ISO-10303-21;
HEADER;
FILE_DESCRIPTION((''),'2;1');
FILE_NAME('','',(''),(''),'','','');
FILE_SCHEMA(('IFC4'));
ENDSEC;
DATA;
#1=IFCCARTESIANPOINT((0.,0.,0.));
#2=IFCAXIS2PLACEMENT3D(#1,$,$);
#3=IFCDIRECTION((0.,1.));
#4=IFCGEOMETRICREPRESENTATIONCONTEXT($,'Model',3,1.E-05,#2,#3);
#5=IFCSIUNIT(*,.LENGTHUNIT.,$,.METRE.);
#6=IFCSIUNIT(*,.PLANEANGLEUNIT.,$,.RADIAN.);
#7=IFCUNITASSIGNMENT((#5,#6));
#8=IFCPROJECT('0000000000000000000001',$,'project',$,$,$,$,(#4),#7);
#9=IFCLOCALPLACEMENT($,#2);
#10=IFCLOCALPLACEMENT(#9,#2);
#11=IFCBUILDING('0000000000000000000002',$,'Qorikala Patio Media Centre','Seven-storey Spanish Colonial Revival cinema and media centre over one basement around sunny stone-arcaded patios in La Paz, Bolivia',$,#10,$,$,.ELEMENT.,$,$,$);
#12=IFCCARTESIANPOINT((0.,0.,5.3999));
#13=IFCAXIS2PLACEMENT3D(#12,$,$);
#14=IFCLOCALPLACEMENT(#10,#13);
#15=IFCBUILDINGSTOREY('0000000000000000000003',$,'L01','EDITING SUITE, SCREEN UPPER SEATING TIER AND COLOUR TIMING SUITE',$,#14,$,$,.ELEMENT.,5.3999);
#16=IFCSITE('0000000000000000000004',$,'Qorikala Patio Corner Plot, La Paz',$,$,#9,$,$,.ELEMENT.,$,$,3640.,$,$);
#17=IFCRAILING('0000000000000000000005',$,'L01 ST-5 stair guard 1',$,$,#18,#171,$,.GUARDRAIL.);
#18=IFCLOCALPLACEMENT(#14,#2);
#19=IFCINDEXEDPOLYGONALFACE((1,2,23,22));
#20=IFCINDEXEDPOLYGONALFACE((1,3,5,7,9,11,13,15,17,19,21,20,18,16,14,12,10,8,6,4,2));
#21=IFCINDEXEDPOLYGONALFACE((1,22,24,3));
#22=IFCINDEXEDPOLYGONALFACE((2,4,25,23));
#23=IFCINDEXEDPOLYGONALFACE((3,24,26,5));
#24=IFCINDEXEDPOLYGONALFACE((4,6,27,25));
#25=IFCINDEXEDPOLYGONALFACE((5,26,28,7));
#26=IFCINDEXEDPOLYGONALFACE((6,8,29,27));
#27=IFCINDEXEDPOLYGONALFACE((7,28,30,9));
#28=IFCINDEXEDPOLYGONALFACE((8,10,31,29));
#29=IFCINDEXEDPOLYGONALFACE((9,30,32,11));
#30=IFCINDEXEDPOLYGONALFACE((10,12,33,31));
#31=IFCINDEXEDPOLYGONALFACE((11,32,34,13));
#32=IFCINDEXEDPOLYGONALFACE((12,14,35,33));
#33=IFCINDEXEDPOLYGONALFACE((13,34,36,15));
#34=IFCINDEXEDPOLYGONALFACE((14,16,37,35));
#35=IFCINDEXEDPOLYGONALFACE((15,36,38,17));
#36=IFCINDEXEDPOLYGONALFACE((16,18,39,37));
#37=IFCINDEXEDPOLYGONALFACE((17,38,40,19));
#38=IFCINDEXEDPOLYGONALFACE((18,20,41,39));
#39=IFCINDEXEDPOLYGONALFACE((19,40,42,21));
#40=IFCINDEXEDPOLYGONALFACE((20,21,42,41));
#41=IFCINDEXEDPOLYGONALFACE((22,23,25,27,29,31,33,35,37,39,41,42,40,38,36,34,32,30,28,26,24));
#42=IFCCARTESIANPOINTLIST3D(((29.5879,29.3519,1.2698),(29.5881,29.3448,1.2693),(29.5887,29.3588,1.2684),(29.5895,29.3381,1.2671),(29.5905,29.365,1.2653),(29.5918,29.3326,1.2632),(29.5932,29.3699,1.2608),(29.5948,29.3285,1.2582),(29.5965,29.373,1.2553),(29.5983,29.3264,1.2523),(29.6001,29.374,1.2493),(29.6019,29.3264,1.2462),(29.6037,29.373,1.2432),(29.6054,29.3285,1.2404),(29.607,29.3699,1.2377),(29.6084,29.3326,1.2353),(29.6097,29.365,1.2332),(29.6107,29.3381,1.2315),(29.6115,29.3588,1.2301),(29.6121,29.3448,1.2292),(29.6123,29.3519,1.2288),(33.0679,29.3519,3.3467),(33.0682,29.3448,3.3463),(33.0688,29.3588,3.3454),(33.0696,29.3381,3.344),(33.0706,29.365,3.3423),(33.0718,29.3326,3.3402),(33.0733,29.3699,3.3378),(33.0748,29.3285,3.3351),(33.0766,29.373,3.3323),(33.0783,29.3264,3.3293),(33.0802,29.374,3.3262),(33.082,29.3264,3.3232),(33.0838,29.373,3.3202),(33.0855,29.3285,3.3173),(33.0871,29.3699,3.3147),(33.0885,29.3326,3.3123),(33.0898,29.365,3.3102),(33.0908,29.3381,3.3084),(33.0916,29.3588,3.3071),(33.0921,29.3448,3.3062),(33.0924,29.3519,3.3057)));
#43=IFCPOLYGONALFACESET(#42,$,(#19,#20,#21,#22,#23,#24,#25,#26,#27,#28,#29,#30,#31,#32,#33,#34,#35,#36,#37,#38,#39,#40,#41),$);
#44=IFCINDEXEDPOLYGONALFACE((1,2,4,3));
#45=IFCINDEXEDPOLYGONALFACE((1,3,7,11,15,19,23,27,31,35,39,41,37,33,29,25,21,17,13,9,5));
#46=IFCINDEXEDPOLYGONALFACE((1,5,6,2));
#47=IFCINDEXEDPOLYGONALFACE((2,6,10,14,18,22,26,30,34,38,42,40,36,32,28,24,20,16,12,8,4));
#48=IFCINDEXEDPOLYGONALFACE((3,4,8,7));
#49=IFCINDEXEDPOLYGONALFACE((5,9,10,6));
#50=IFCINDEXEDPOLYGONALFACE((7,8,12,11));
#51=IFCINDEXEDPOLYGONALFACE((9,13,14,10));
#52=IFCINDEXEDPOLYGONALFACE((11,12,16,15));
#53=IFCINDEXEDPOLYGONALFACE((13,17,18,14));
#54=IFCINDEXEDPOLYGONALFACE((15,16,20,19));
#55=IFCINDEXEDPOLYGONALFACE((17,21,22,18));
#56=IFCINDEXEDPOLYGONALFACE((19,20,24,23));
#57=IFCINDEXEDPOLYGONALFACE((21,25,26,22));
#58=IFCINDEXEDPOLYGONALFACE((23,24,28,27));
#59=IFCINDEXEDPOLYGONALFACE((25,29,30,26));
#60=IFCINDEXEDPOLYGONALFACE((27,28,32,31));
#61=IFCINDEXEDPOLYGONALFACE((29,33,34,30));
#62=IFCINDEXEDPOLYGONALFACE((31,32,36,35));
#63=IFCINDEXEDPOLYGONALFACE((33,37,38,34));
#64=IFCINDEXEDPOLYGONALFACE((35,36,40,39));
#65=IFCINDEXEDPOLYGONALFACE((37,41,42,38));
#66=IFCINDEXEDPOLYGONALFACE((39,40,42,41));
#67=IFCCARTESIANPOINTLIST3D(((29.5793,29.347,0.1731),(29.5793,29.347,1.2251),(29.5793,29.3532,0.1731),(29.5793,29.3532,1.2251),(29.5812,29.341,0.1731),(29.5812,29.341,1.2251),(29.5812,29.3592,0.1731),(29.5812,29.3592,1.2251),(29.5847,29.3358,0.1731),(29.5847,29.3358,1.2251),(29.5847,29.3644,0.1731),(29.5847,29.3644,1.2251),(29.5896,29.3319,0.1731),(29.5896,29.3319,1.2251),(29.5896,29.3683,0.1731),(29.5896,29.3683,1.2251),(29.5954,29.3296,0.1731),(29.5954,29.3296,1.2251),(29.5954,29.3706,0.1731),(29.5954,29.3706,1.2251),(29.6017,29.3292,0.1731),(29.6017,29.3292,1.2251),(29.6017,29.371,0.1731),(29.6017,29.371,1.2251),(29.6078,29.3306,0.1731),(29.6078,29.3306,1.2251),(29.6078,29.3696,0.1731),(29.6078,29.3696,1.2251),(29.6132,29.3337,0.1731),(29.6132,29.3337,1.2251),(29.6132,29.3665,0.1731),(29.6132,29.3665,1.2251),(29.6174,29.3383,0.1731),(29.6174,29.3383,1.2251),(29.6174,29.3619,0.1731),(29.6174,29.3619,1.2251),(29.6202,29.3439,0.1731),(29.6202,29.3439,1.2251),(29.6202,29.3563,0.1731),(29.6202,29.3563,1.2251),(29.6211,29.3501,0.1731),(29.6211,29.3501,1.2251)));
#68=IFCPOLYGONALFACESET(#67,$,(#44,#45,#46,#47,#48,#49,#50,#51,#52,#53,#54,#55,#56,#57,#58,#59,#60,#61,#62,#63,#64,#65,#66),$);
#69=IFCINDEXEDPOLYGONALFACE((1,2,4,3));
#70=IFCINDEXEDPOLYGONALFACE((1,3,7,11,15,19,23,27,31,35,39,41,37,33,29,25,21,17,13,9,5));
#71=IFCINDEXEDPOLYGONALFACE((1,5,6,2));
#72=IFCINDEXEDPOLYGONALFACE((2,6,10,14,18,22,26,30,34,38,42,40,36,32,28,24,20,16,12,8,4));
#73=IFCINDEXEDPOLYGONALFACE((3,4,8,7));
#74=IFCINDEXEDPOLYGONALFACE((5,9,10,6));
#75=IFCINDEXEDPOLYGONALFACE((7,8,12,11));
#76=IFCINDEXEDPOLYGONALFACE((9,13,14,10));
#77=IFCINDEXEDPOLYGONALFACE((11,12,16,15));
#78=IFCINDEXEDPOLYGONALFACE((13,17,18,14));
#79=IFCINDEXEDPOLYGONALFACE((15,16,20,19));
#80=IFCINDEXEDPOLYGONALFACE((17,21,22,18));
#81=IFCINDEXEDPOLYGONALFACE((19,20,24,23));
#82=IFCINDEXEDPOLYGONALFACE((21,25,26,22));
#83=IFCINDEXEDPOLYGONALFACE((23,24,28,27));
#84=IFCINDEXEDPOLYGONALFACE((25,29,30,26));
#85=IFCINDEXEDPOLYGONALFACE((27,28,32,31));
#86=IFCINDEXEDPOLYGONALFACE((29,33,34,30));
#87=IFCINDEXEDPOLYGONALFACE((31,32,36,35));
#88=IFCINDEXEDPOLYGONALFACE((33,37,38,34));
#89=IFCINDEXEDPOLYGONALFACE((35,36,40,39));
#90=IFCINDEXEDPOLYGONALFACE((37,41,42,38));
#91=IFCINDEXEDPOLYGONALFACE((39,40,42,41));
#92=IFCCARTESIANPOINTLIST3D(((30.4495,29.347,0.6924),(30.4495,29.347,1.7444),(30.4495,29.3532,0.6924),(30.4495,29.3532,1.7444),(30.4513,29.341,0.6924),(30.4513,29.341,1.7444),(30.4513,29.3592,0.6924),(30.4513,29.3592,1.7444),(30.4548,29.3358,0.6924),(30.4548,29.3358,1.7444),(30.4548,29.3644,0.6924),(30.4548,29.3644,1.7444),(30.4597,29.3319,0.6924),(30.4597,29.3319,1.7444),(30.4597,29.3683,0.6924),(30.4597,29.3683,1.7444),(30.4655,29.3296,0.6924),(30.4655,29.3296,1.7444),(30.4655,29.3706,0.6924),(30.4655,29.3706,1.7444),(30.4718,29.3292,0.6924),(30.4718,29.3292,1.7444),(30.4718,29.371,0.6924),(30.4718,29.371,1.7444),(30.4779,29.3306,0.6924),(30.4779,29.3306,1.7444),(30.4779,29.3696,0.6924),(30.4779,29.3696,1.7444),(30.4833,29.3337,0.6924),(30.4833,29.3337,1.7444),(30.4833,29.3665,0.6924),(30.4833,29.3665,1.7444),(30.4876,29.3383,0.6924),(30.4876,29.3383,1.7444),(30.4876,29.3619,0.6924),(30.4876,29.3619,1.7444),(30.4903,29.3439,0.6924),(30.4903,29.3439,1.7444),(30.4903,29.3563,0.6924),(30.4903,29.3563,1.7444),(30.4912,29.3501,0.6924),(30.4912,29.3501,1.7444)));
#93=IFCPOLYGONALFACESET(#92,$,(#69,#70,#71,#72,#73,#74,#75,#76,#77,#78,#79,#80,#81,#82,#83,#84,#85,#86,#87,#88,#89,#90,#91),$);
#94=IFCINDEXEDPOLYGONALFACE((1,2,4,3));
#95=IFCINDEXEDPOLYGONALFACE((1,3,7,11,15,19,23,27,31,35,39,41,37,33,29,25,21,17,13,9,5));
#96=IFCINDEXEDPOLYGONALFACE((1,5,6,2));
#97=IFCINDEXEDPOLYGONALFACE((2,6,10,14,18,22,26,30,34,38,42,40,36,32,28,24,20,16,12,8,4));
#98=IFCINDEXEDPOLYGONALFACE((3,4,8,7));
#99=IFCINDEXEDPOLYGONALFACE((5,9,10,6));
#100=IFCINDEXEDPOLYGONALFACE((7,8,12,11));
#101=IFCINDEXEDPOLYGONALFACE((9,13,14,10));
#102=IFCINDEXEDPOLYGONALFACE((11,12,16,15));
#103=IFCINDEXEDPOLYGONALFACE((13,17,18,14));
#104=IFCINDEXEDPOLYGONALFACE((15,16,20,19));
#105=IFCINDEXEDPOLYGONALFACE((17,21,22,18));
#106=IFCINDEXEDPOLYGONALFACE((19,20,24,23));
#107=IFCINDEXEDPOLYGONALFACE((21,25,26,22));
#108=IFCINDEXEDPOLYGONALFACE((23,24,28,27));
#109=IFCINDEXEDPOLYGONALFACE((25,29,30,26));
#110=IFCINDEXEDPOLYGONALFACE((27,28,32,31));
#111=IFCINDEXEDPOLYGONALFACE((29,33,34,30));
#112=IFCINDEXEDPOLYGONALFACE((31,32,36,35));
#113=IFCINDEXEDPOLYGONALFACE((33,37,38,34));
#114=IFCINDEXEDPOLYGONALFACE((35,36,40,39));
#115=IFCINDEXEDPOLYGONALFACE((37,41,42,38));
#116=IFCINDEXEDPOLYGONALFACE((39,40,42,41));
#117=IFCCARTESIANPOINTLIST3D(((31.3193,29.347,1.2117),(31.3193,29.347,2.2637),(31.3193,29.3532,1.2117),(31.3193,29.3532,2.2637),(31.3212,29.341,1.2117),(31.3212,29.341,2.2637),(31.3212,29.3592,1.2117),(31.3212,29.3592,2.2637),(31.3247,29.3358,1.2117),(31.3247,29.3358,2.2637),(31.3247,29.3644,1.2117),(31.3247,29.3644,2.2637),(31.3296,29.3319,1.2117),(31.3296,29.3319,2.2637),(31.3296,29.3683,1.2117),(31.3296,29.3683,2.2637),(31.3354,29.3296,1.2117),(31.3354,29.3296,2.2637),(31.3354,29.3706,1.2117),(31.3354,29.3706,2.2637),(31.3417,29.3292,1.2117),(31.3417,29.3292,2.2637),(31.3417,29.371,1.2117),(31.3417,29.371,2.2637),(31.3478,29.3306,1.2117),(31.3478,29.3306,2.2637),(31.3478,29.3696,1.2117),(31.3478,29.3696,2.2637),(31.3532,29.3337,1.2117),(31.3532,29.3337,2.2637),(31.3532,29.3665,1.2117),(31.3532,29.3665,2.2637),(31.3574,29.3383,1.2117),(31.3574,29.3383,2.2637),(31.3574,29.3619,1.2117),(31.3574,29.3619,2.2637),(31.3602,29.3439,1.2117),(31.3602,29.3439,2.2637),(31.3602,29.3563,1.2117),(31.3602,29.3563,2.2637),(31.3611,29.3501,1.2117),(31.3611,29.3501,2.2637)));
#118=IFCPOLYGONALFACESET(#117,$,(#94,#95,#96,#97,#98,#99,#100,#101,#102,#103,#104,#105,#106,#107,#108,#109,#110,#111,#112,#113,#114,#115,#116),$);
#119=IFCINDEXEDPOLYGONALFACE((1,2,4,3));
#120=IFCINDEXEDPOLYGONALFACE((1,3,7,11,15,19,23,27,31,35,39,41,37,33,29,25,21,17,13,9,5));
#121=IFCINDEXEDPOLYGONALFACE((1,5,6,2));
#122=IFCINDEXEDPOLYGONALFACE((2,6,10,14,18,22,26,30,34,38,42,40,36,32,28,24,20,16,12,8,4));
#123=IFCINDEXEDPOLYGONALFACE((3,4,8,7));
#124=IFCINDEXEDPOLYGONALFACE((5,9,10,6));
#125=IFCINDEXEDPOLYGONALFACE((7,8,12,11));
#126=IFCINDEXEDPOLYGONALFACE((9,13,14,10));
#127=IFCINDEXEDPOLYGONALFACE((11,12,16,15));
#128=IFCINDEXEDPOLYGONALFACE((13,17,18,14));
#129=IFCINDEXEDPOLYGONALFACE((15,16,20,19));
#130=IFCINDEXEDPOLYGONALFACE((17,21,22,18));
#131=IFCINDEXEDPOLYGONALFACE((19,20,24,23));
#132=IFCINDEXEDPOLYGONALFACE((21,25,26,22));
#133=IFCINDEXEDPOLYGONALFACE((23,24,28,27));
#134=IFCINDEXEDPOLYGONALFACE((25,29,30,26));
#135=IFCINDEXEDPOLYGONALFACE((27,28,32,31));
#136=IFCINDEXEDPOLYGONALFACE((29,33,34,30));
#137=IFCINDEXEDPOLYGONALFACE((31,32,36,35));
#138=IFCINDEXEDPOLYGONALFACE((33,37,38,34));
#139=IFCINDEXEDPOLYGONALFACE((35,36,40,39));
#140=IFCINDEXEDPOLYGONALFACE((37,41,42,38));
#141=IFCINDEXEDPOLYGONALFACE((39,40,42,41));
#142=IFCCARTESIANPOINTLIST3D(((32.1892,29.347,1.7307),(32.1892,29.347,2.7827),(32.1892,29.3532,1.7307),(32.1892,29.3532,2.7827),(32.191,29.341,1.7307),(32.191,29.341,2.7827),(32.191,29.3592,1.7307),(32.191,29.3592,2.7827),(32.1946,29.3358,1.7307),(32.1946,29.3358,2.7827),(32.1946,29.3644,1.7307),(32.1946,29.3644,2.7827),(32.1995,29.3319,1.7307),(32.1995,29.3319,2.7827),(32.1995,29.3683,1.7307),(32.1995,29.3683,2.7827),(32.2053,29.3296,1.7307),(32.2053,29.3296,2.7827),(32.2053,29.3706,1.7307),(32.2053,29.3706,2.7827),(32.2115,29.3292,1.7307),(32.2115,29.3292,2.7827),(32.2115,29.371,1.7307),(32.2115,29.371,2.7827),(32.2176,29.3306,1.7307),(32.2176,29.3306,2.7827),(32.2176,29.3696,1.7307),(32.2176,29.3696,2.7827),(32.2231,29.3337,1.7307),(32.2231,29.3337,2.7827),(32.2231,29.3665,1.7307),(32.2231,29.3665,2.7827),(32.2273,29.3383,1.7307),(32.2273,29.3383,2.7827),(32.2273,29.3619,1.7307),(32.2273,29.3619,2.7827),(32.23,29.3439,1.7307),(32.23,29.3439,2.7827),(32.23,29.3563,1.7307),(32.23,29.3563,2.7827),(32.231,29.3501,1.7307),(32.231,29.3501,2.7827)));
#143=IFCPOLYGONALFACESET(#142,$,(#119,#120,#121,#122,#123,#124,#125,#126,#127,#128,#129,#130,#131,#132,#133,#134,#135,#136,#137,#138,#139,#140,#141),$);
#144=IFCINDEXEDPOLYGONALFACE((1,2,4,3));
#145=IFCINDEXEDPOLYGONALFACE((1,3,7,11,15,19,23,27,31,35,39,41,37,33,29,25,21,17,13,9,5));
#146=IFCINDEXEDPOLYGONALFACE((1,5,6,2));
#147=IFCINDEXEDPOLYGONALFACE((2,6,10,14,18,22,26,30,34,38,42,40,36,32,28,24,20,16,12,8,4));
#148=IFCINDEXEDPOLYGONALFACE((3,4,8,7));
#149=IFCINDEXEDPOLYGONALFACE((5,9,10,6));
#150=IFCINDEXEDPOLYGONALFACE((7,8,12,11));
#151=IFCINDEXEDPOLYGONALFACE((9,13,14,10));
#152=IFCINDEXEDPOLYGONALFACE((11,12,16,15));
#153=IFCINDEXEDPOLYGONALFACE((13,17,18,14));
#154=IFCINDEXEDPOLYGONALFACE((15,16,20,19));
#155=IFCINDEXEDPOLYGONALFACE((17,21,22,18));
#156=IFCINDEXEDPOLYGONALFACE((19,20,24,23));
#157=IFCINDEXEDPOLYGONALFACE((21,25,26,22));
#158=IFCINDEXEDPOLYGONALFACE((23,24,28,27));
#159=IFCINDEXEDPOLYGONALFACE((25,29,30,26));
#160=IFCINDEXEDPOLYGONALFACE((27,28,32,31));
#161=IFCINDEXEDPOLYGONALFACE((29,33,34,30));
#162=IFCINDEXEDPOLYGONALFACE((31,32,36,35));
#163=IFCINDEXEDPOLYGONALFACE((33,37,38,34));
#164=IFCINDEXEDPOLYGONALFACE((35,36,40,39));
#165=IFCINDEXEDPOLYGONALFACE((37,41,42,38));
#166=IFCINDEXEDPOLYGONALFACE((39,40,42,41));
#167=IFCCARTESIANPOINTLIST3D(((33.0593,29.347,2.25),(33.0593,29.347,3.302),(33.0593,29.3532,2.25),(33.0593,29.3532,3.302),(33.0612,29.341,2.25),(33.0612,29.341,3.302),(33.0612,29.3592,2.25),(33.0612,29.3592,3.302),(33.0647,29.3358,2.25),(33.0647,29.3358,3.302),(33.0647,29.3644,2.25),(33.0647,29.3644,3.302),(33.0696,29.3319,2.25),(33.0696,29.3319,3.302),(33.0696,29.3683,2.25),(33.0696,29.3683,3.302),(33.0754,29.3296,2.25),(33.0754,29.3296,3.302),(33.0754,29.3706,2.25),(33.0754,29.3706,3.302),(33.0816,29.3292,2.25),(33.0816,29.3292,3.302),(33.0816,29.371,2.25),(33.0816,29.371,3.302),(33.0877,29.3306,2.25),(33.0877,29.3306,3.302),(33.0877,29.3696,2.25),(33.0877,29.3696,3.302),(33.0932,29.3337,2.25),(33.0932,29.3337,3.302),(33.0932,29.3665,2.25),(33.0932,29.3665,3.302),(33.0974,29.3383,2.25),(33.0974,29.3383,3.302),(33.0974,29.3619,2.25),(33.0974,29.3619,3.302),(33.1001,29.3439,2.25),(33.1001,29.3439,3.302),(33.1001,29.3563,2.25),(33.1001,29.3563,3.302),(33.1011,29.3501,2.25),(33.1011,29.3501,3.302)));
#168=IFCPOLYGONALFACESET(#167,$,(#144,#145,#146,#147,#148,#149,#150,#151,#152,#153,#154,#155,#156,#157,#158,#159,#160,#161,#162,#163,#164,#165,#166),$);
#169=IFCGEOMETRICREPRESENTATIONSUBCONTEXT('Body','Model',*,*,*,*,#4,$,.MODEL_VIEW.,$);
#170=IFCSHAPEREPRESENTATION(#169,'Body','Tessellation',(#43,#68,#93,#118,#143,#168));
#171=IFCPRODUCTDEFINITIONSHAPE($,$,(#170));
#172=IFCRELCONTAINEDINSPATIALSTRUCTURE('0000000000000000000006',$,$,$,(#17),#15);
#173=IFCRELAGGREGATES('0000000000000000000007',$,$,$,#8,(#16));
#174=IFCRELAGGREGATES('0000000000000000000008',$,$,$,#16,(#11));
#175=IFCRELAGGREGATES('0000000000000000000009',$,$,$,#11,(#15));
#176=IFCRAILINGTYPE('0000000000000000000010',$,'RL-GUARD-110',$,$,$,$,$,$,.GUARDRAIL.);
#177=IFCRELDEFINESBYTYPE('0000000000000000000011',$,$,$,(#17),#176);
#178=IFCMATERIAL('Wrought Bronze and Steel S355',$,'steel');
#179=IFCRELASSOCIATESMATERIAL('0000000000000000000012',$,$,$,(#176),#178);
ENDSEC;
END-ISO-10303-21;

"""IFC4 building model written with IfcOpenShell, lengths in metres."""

from ifc_helpers import new_model, si_unit, direction, frame, origin, origin_2d, place, context, subcontext, project, spatial, circle, extrude, material, type_object, element, save


model = new_model("IFC4")

# Units and contexts
model_context = context("Model", 3, precision=1e-05, world=origin(), true_north=direction((0.0, 1.0)))
body_context = subcontext(model_context, "Body", "Model", "MODEL_VIEW")
ifc_project = project(units=[si_unit("LENGTHUNIT", "METRE"), si_unit("PLANEANGLEUNIT", "RADIAN")], contexts=[model_context])

# Site, building, storey
site_placement = place(None, origin())
site = spatial("IfcSite", under=ifc_project, at=site_placement, Name="Qorikala Patio Corner Plot, La Paz", CompositionType="ELEMENT", RefElevation=3640.0)
building_placement = place(site_placement, origin())
building = spatial("IfcBuilding", under=site, at=building_placement, Name="Qorikala Patio Media Centre", Description="Seven-storey Spanish Colonial Revival cinema and media centre over one basement around sunny stone-arcaded patios in La Paz, Bolivia", CompositionType="ELEMENT")
storey_placement = place(building_placement, frame((0.0, 0.0, 5.3999)))
storey = spatial("IfcBuildingStorey", under=building, at=storey_placement, Name="L01", Description="EDITING SUITE, SCREEN UPPER SEATING TIER AND COLOUR TIMING SUITE", CompositionType="ELEMENT", Elevation=5.3999)

# Railing
ifc_material_1 = material(Name="Wrought Bronze and Steel S355", Category="steel")
railing_type_1 = type_object("IfcRailingType", Name="RL-GUARD-110", PredefinedType="GUARDRAIL", material=ifc_material_1)
railing_1_placement = place(storey_placement, frame((29.6001, 29.3501, 0.1731)))
element("IfcRailing", 1, at=railing_1_placement, inside=storey, type_object=railing_type_1, Name="L01 ST-5 stair guard 1", PredefinedType="GUARDRAIL", context=body_context, shape_type="SweptSolid", body=[
    extrude(circle(Radius=0.0239, at=origin_2d()), frame((0.0, 0.0, 1.0762), z_axis=(0.858697, 0.0, 0.512483), x_axis=(0.0, 1.0, 0.0)), (0.0, 0.0, 1.0), 4.0527),
    extrude(circle(Radius=0.021, at=origin_2d()), origin(), (0.0, 0.0, 1.0), 1.052),
    extrude(circle(Radius=0.021, at=origin_2d()), frame((0.8701, 0.0, 0.5193)), (0.0, 0.0, 1.0), 1.052),
    extrude(circle(Radius=0.021, at=origin_2d()), frame((1.74, 0.0, 1.0386)), (0.0, 0.0, 1.0), 1.052),
    extrude(circle(Radius=0.021, at=origin_2d()), frame((2.6099, 0.0, 1.5576)), (0.0, 0.0, 1.0), 1.052),
    extrude(circle(Radius=0.021, at=origin_2d()), frame((3.48, 0.0, 2.0769)), (0.0, 0.0, 1.0), 1.052),
])

save(model, "model.ifc")
